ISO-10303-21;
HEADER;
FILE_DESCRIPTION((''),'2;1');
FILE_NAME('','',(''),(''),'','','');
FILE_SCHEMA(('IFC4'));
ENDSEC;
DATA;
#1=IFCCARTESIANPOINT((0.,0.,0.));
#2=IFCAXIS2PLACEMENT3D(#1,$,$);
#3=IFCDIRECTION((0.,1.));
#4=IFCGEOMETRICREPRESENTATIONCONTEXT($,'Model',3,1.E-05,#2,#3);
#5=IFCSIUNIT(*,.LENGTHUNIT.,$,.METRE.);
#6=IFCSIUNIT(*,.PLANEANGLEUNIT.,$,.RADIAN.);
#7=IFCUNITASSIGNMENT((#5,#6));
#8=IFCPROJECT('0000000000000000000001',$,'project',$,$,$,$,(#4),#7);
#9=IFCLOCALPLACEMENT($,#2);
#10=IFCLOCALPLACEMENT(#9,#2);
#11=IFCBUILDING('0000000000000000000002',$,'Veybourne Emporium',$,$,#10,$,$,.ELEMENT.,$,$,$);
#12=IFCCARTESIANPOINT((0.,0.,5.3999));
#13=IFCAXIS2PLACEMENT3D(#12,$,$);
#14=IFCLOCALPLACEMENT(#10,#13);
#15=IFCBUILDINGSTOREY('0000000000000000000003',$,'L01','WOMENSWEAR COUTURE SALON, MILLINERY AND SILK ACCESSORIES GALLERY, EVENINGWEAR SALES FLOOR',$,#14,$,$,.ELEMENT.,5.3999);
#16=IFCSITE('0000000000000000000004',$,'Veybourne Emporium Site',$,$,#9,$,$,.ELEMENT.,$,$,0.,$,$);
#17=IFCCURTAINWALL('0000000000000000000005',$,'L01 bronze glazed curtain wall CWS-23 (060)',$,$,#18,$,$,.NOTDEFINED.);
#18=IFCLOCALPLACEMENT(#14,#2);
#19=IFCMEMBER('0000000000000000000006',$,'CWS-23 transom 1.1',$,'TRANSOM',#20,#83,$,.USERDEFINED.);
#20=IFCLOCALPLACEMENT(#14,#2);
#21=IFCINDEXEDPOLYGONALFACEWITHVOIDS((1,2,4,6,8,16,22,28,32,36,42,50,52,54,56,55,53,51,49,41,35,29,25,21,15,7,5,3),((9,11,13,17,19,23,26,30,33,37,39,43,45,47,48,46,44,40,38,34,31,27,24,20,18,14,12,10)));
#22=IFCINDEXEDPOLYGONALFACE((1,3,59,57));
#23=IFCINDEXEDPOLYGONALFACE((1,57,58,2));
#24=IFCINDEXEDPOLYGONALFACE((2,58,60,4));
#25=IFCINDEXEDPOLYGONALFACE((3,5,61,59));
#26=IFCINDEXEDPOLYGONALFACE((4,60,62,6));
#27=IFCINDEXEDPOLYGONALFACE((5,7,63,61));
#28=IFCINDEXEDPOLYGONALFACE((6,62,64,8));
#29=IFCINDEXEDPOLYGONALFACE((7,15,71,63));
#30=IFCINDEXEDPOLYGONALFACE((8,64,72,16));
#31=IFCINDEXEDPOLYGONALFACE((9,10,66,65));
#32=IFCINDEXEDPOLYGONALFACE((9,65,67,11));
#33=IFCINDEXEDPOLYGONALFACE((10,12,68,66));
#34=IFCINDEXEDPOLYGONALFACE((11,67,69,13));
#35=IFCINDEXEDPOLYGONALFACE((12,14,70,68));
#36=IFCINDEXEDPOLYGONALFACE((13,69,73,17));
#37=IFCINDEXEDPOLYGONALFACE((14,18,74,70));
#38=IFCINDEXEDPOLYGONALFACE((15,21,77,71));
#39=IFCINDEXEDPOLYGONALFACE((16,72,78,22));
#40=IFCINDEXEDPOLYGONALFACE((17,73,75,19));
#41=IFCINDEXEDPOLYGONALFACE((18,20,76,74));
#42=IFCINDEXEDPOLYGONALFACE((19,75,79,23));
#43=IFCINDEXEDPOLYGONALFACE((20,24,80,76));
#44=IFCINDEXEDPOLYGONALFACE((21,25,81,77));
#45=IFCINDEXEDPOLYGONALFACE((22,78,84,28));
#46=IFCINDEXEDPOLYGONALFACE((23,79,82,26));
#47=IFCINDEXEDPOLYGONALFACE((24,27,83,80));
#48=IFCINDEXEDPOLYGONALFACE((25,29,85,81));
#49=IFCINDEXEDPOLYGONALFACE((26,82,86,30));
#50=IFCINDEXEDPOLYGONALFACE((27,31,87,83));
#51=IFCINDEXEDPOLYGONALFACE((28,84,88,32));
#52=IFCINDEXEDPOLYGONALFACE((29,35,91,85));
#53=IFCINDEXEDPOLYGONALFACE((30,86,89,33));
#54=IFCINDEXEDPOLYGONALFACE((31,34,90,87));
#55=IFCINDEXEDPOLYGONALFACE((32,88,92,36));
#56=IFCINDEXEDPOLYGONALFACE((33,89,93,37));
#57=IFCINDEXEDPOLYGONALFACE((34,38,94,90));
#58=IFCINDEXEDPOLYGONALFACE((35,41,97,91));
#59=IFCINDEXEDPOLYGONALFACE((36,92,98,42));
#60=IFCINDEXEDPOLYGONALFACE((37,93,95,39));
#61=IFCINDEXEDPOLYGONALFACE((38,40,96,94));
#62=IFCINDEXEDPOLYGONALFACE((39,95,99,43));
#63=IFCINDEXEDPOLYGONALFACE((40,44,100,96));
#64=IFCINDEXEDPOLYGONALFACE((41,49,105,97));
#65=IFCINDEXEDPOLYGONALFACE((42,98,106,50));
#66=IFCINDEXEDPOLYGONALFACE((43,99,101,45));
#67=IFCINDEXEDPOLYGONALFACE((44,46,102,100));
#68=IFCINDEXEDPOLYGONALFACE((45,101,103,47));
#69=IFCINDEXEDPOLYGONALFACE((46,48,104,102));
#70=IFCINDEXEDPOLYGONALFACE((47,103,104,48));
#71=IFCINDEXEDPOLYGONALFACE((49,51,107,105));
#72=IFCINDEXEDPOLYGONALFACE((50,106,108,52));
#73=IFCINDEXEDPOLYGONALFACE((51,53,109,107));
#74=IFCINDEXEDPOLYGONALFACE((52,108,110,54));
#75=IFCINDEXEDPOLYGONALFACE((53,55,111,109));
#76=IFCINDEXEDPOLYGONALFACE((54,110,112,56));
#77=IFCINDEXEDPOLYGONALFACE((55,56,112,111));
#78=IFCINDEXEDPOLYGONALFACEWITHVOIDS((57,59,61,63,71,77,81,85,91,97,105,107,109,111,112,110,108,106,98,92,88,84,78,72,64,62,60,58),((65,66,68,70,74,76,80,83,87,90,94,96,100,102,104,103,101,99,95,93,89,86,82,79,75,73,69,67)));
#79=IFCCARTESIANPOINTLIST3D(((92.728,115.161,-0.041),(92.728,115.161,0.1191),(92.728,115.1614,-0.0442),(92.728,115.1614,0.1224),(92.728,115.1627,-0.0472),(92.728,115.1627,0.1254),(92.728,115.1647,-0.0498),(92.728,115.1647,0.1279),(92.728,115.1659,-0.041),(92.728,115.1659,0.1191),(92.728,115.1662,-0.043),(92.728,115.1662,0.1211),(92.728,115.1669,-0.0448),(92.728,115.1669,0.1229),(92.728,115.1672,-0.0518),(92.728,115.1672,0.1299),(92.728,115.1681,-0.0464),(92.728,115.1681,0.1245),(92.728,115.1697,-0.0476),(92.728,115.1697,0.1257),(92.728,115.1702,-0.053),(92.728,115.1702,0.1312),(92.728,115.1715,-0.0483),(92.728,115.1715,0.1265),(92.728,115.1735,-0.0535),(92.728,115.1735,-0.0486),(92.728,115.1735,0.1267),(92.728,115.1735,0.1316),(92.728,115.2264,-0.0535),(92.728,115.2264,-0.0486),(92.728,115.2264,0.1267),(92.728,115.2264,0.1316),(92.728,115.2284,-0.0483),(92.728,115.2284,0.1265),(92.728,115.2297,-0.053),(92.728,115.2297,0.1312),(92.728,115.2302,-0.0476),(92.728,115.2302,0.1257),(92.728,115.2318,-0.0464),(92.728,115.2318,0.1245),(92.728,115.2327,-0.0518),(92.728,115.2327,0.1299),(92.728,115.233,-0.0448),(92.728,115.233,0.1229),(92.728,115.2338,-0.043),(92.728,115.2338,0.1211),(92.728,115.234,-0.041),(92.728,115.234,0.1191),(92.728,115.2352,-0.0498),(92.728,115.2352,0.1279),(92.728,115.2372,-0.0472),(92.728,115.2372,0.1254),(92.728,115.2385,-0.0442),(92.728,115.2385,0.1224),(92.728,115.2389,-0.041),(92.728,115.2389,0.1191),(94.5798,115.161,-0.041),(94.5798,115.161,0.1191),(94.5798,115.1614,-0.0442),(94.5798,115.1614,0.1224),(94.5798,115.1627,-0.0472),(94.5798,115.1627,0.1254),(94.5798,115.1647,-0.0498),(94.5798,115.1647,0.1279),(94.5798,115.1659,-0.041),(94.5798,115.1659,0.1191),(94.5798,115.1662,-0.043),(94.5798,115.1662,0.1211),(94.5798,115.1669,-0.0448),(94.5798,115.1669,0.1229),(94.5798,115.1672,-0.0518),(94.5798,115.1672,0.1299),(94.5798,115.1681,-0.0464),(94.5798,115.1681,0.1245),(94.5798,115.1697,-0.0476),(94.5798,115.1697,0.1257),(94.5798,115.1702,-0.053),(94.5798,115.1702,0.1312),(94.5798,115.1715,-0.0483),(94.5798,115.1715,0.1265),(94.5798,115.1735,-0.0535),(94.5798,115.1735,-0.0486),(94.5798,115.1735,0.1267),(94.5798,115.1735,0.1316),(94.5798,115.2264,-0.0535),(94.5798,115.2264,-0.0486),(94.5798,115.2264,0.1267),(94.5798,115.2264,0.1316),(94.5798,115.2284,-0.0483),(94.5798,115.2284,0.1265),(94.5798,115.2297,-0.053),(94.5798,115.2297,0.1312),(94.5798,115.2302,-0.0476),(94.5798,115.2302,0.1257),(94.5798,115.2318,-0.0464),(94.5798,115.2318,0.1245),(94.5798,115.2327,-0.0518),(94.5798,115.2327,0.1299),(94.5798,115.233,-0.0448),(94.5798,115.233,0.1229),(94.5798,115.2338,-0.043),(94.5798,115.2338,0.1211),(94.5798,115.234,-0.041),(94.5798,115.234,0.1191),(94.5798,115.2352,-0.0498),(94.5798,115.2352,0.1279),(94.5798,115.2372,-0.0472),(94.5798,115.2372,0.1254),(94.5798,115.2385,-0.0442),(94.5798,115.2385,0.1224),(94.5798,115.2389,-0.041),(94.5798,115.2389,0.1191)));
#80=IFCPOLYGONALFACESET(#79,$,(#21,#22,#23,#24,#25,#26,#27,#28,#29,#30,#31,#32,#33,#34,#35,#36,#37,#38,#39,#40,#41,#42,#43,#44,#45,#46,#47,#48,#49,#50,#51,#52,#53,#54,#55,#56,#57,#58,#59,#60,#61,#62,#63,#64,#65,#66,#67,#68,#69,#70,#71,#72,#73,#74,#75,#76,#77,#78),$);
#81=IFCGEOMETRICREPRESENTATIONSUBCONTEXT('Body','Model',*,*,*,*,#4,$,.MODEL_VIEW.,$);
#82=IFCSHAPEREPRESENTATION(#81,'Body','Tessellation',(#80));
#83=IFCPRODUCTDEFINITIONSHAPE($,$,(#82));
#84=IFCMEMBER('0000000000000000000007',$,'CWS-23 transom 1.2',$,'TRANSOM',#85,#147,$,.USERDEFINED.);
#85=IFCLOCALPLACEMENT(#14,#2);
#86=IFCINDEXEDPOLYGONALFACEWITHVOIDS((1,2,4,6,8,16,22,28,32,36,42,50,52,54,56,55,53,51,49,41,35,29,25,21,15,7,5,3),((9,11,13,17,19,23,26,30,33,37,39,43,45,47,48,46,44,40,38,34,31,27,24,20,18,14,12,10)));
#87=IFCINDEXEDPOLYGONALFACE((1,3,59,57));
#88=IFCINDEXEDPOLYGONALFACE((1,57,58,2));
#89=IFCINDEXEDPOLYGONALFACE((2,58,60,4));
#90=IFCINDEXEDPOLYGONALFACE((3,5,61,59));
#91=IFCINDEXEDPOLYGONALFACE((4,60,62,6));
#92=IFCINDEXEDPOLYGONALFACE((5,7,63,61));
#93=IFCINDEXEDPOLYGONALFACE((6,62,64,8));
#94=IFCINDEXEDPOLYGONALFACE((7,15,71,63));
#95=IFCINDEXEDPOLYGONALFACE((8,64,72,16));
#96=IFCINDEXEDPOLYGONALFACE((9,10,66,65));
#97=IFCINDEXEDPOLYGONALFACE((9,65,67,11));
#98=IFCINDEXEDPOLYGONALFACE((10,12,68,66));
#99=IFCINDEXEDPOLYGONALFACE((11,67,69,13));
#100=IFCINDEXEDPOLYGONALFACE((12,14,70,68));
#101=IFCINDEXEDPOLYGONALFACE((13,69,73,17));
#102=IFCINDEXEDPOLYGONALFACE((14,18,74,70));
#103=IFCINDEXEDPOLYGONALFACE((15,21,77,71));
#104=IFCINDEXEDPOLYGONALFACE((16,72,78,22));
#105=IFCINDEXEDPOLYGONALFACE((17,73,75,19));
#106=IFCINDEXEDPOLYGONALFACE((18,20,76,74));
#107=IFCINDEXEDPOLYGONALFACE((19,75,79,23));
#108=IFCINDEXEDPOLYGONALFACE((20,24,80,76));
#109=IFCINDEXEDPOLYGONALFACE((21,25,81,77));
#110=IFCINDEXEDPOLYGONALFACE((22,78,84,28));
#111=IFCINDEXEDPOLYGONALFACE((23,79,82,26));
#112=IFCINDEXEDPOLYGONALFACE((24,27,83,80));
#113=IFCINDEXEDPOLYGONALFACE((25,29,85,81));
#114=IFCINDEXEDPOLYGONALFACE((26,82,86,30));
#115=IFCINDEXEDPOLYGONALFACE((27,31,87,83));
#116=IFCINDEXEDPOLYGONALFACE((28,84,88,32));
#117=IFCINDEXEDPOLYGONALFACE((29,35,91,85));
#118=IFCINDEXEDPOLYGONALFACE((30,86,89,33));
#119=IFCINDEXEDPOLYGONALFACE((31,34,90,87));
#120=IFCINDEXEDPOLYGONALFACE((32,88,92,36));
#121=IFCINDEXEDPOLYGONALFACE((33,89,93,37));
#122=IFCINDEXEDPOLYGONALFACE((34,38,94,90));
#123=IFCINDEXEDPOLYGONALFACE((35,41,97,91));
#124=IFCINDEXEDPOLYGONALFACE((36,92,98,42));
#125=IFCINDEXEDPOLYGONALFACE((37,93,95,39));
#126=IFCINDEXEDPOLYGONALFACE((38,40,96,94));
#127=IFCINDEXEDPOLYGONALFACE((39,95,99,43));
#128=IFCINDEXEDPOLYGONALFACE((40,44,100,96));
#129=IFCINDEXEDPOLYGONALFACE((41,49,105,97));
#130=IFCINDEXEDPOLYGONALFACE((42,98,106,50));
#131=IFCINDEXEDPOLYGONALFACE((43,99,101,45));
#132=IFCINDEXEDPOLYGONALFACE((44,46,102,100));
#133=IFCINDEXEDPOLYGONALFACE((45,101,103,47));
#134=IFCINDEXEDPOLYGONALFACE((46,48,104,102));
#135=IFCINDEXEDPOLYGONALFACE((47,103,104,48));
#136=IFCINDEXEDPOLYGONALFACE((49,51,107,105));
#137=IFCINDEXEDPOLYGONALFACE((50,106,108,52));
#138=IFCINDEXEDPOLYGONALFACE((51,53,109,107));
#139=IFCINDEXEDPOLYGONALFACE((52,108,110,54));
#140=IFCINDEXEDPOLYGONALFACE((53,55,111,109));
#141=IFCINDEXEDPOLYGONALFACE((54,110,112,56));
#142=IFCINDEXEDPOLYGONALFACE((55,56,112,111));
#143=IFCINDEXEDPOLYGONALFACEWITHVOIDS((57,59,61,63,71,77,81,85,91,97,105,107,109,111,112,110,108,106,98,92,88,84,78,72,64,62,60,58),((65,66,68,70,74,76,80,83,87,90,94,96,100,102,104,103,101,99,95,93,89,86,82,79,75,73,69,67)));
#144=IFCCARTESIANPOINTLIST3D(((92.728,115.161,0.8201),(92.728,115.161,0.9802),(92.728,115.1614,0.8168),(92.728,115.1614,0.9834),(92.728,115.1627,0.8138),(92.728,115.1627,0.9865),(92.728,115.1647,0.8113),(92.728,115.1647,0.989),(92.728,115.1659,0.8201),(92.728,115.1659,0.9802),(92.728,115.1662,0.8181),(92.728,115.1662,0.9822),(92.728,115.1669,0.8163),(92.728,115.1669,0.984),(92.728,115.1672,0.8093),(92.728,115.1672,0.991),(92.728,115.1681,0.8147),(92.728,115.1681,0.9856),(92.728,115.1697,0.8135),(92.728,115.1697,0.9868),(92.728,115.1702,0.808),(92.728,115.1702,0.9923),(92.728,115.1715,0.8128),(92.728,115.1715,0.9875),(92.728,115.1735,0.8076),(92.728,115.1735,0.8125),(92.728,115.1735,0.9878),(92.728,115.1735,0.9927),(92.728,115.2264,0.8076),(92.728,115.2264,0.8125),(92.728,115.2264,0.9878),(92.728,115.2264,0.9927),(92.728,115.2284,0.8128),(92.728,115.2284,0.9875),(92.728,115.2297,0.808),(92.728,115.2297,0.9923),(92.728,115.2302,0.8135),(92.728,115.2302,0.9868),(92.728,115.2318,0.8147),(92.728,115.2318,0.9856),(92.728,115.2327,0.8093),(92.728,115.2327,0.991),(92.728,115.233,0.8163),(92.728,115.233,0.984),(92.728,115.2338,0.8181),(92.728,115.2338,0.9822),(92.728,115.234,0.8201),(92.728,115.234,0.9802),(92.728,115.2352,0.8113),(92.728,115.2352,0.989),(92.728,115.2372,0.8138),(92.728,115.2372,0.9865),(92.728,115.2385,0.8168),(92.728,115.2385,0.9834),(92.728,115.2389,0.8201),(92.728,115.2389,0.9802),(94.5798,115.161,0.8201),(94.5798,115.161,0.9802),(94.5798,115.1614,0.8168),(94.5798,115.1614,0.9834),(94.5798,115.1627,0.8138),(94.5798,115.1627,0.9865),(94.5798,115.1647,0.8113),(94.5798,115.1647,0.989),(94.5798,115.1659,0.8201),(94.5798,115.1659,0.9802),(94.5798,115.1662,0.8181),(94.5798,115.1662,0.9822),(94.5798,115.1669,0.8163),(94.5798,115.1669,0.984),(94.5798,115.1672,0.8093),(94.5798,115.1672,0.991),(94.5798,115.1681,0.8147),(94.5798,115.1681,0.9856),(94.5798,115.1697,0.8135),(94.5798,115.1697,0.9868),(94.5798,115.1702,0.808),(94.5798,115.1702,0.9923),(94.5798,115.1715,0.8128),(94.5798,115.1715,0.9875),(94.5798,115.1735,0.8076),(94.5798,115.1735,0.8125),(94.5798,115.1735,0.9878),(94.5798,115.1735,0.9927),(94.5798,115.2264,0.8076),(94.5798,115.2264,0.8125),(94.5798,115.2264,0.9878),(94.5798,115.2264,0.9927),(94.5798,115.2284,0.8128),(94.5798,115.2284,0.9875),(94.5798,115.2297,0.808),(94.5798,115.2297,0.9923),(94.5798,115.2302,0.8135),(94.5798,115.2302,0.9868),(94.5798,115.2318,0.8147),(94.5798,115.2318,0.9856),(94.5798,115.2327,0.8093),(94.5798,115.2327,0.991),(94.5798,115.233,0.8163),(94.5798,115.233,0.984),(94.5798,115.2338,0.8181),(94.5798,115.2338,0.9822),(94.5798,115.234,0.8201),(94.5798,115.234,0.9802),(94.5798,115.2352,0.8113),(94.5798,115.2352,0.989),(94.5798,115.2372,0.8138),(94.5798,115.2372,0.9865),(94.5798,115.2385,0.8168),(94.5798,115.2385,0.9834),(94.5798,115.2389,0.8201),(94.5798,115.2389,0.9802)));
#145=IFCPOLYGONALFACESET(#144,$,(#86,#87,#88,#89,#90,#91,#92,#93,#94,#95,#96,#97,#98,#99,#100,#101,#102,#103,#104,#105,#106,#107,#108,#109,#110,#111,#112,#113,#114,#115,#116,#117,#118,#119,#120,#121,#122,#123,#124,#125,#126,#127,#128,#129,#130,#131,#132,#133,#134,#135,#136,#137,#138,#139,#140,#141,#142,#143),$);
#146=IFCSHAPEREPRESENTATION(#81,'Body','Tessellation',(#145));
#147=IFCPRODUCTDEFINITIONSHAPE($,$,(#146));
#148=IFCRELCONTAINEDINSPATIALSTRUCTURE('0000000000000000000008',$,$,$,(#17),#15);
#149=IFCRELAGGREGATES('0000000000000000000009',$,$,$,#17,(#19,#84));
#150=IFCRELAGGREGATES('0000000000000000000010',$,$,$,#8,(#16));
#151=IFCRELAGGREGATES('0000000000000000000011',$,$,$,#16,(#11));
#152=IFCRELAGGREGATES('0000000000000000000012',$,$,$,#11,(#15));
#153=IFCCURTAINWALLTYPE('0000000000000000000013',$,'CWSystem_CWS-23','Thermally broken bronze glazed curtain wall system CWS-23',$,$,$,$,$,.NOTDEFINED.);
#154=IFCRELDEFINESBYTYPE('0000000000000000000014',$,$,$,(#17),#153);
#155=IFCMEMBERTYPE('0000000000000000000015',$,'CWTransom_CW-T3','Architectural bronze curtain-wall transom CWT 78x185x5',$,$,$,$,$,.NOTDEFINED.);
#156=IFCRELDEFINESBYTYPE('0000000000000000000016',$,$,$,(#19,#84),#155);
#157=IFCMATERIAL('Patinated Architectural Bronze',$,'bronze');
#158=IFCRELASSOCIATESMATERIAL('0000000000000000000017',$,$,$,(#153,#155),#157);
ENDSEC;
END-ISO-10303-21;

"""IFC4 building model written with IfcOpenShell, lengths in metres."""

from ifc_helpers import new_model, si_unit, direction, frame, origin, origin_2d, place, context, subcontext, project, spatial, hollow_rectangle, extrude, material, material_profile, profile_set, type_object, element, aggregate, save


model = new_model("IFC4")

# Units and contexts
model_context = context("Model", 3, precision=1e-05, world=origin(), true_north=direction((0.0, 1.0)))
body_context = subcontext(model_context, "Body", "Model", "MODEL_VIEW")
ifc_project = project(units=[si_unit("LENGTHUNIT", "METRE"), si_unit("PLANEANGLEUNIT", "RADIAN")], contexts=[model_context])

# Site, building, storey
site_placement = place(None, origin())
site = spatial("IfcSite", under=ifc_project, at=site_placement, Name="Veybourne Emporium Site", CompositionType="ELEMENT", RefElevation=0.0)
building_placement = place(site_placement, origin())
building = spatial("IfcBuilding", under=site, at=building_placement, Name="Veybourne Emporium", CompositionType="ELEMENT")
storey_placement = place(building_placement, frame((0.0, 0.0, 5.3999)))
storey = spatial("IfcBuildingStorey", under=building, at=storey_placement, Name="L01", Description="WOMENSWEAR COUTURE SALON, MILLINERY AND SILK ACCESSORIES GALLERY, EVENINGWEAR SALES FLOOR", CompositionType="ELEMENT", Elevation=5.3999)

# Curtain wall, members
ifc_material_1 = material(Name="Patinated Architectural Bronze", Category="bronze")
curtain_wall_type = type_object("IfcCurtainWallType", Name="CWSystem_CWS-23", Description="Thermally broken bronze glazed curtain wall system CWS-23", PredefinedType="NOTDEFINED", material=ifc_material_1)
curtain_wall_placement = place(storey_placement, origin())
curtain_wall = element("IfcCurtainWall", 1, at=curtain_wall_placement, inside=storey, type_object=curtain_wall_type, Name="L01 bronze glazed curtain wall CWS-23 (060)", PredefinedType="NOTDEFINED")
ifc_material_profile_1 = material_profile(ifc_material_1, hollow_rectangle(XDim=0.0779, YDim=0.1851, WallThickness=0.0049, InnerFilletRadius=0.0076, OuterFilletRadius=0.0125, at=origin_2d()), Name="CWT 78x185x5")
ifc_profile_set_1 = profile_set([ifc_material_profile_1], Name="Patinated Architectural Bronze")
member_type_1 = type_object("IfcMemberType", Name="CWTransom_CW-T3", Description="Architectural bronze curtain-wall transom CWT 78x185x5", PredefinedType="NOTDEFINED", material=ifc_profile_set_1)
member_1_placement = place(storey_placement, frame((92.728, 115.2, 0.0391), z_axis=(1.0, 0.0, 0.0), x_axis=(0.0, 1.0, 0.0)))
member_1 = element("IfcMember", 2, at=member_1_placement, type_object=member_type_1, Name="CWS-23 transom 1.1", ObjectType="TRANSOM", PredefinedType="USERDEFINED", context=body_context, shape_type="SweptSolid", body=[
    extrude(hollow_rectangle(XDim=0.0779, YDim=0.1851, WallThickness=0.0049, InnerFilletRadius=0.0076, OuterFilletRadius=0.0125, at=origin_2d()), origin(), (0.0, 0.0, 1.0), 1.8518),
])
member_2_placement = place(storey_placement, frame((92.728, 115.2, 0.9001), z_axis=(1.0, 0.0, 0.0), x_axis=(0.0, 1.0, 0.0)))
member_2 = element("IfcMember", 3, at=member_2_placement, type_object=member_type_1, Name="CWS-23 transom 1.2", ObjectType="TRANSOM", PredefinedType="USERDEFINED", context=body_context, shape_type="SweptSolid", body=[
    extrude(hollow_rectangle(XDim=0.0779, YDim=0.1851, WallThickness=0.0049, InnerFilletRadius=0.0076, OuterFilletRadius=0.0125, at=origin_2d()), origin(), (0.0, 0.0, 1.0), 1.8518),
])

aggregate(curtain_wall, [member_1, member_2])

save(model, "model.ifc")
